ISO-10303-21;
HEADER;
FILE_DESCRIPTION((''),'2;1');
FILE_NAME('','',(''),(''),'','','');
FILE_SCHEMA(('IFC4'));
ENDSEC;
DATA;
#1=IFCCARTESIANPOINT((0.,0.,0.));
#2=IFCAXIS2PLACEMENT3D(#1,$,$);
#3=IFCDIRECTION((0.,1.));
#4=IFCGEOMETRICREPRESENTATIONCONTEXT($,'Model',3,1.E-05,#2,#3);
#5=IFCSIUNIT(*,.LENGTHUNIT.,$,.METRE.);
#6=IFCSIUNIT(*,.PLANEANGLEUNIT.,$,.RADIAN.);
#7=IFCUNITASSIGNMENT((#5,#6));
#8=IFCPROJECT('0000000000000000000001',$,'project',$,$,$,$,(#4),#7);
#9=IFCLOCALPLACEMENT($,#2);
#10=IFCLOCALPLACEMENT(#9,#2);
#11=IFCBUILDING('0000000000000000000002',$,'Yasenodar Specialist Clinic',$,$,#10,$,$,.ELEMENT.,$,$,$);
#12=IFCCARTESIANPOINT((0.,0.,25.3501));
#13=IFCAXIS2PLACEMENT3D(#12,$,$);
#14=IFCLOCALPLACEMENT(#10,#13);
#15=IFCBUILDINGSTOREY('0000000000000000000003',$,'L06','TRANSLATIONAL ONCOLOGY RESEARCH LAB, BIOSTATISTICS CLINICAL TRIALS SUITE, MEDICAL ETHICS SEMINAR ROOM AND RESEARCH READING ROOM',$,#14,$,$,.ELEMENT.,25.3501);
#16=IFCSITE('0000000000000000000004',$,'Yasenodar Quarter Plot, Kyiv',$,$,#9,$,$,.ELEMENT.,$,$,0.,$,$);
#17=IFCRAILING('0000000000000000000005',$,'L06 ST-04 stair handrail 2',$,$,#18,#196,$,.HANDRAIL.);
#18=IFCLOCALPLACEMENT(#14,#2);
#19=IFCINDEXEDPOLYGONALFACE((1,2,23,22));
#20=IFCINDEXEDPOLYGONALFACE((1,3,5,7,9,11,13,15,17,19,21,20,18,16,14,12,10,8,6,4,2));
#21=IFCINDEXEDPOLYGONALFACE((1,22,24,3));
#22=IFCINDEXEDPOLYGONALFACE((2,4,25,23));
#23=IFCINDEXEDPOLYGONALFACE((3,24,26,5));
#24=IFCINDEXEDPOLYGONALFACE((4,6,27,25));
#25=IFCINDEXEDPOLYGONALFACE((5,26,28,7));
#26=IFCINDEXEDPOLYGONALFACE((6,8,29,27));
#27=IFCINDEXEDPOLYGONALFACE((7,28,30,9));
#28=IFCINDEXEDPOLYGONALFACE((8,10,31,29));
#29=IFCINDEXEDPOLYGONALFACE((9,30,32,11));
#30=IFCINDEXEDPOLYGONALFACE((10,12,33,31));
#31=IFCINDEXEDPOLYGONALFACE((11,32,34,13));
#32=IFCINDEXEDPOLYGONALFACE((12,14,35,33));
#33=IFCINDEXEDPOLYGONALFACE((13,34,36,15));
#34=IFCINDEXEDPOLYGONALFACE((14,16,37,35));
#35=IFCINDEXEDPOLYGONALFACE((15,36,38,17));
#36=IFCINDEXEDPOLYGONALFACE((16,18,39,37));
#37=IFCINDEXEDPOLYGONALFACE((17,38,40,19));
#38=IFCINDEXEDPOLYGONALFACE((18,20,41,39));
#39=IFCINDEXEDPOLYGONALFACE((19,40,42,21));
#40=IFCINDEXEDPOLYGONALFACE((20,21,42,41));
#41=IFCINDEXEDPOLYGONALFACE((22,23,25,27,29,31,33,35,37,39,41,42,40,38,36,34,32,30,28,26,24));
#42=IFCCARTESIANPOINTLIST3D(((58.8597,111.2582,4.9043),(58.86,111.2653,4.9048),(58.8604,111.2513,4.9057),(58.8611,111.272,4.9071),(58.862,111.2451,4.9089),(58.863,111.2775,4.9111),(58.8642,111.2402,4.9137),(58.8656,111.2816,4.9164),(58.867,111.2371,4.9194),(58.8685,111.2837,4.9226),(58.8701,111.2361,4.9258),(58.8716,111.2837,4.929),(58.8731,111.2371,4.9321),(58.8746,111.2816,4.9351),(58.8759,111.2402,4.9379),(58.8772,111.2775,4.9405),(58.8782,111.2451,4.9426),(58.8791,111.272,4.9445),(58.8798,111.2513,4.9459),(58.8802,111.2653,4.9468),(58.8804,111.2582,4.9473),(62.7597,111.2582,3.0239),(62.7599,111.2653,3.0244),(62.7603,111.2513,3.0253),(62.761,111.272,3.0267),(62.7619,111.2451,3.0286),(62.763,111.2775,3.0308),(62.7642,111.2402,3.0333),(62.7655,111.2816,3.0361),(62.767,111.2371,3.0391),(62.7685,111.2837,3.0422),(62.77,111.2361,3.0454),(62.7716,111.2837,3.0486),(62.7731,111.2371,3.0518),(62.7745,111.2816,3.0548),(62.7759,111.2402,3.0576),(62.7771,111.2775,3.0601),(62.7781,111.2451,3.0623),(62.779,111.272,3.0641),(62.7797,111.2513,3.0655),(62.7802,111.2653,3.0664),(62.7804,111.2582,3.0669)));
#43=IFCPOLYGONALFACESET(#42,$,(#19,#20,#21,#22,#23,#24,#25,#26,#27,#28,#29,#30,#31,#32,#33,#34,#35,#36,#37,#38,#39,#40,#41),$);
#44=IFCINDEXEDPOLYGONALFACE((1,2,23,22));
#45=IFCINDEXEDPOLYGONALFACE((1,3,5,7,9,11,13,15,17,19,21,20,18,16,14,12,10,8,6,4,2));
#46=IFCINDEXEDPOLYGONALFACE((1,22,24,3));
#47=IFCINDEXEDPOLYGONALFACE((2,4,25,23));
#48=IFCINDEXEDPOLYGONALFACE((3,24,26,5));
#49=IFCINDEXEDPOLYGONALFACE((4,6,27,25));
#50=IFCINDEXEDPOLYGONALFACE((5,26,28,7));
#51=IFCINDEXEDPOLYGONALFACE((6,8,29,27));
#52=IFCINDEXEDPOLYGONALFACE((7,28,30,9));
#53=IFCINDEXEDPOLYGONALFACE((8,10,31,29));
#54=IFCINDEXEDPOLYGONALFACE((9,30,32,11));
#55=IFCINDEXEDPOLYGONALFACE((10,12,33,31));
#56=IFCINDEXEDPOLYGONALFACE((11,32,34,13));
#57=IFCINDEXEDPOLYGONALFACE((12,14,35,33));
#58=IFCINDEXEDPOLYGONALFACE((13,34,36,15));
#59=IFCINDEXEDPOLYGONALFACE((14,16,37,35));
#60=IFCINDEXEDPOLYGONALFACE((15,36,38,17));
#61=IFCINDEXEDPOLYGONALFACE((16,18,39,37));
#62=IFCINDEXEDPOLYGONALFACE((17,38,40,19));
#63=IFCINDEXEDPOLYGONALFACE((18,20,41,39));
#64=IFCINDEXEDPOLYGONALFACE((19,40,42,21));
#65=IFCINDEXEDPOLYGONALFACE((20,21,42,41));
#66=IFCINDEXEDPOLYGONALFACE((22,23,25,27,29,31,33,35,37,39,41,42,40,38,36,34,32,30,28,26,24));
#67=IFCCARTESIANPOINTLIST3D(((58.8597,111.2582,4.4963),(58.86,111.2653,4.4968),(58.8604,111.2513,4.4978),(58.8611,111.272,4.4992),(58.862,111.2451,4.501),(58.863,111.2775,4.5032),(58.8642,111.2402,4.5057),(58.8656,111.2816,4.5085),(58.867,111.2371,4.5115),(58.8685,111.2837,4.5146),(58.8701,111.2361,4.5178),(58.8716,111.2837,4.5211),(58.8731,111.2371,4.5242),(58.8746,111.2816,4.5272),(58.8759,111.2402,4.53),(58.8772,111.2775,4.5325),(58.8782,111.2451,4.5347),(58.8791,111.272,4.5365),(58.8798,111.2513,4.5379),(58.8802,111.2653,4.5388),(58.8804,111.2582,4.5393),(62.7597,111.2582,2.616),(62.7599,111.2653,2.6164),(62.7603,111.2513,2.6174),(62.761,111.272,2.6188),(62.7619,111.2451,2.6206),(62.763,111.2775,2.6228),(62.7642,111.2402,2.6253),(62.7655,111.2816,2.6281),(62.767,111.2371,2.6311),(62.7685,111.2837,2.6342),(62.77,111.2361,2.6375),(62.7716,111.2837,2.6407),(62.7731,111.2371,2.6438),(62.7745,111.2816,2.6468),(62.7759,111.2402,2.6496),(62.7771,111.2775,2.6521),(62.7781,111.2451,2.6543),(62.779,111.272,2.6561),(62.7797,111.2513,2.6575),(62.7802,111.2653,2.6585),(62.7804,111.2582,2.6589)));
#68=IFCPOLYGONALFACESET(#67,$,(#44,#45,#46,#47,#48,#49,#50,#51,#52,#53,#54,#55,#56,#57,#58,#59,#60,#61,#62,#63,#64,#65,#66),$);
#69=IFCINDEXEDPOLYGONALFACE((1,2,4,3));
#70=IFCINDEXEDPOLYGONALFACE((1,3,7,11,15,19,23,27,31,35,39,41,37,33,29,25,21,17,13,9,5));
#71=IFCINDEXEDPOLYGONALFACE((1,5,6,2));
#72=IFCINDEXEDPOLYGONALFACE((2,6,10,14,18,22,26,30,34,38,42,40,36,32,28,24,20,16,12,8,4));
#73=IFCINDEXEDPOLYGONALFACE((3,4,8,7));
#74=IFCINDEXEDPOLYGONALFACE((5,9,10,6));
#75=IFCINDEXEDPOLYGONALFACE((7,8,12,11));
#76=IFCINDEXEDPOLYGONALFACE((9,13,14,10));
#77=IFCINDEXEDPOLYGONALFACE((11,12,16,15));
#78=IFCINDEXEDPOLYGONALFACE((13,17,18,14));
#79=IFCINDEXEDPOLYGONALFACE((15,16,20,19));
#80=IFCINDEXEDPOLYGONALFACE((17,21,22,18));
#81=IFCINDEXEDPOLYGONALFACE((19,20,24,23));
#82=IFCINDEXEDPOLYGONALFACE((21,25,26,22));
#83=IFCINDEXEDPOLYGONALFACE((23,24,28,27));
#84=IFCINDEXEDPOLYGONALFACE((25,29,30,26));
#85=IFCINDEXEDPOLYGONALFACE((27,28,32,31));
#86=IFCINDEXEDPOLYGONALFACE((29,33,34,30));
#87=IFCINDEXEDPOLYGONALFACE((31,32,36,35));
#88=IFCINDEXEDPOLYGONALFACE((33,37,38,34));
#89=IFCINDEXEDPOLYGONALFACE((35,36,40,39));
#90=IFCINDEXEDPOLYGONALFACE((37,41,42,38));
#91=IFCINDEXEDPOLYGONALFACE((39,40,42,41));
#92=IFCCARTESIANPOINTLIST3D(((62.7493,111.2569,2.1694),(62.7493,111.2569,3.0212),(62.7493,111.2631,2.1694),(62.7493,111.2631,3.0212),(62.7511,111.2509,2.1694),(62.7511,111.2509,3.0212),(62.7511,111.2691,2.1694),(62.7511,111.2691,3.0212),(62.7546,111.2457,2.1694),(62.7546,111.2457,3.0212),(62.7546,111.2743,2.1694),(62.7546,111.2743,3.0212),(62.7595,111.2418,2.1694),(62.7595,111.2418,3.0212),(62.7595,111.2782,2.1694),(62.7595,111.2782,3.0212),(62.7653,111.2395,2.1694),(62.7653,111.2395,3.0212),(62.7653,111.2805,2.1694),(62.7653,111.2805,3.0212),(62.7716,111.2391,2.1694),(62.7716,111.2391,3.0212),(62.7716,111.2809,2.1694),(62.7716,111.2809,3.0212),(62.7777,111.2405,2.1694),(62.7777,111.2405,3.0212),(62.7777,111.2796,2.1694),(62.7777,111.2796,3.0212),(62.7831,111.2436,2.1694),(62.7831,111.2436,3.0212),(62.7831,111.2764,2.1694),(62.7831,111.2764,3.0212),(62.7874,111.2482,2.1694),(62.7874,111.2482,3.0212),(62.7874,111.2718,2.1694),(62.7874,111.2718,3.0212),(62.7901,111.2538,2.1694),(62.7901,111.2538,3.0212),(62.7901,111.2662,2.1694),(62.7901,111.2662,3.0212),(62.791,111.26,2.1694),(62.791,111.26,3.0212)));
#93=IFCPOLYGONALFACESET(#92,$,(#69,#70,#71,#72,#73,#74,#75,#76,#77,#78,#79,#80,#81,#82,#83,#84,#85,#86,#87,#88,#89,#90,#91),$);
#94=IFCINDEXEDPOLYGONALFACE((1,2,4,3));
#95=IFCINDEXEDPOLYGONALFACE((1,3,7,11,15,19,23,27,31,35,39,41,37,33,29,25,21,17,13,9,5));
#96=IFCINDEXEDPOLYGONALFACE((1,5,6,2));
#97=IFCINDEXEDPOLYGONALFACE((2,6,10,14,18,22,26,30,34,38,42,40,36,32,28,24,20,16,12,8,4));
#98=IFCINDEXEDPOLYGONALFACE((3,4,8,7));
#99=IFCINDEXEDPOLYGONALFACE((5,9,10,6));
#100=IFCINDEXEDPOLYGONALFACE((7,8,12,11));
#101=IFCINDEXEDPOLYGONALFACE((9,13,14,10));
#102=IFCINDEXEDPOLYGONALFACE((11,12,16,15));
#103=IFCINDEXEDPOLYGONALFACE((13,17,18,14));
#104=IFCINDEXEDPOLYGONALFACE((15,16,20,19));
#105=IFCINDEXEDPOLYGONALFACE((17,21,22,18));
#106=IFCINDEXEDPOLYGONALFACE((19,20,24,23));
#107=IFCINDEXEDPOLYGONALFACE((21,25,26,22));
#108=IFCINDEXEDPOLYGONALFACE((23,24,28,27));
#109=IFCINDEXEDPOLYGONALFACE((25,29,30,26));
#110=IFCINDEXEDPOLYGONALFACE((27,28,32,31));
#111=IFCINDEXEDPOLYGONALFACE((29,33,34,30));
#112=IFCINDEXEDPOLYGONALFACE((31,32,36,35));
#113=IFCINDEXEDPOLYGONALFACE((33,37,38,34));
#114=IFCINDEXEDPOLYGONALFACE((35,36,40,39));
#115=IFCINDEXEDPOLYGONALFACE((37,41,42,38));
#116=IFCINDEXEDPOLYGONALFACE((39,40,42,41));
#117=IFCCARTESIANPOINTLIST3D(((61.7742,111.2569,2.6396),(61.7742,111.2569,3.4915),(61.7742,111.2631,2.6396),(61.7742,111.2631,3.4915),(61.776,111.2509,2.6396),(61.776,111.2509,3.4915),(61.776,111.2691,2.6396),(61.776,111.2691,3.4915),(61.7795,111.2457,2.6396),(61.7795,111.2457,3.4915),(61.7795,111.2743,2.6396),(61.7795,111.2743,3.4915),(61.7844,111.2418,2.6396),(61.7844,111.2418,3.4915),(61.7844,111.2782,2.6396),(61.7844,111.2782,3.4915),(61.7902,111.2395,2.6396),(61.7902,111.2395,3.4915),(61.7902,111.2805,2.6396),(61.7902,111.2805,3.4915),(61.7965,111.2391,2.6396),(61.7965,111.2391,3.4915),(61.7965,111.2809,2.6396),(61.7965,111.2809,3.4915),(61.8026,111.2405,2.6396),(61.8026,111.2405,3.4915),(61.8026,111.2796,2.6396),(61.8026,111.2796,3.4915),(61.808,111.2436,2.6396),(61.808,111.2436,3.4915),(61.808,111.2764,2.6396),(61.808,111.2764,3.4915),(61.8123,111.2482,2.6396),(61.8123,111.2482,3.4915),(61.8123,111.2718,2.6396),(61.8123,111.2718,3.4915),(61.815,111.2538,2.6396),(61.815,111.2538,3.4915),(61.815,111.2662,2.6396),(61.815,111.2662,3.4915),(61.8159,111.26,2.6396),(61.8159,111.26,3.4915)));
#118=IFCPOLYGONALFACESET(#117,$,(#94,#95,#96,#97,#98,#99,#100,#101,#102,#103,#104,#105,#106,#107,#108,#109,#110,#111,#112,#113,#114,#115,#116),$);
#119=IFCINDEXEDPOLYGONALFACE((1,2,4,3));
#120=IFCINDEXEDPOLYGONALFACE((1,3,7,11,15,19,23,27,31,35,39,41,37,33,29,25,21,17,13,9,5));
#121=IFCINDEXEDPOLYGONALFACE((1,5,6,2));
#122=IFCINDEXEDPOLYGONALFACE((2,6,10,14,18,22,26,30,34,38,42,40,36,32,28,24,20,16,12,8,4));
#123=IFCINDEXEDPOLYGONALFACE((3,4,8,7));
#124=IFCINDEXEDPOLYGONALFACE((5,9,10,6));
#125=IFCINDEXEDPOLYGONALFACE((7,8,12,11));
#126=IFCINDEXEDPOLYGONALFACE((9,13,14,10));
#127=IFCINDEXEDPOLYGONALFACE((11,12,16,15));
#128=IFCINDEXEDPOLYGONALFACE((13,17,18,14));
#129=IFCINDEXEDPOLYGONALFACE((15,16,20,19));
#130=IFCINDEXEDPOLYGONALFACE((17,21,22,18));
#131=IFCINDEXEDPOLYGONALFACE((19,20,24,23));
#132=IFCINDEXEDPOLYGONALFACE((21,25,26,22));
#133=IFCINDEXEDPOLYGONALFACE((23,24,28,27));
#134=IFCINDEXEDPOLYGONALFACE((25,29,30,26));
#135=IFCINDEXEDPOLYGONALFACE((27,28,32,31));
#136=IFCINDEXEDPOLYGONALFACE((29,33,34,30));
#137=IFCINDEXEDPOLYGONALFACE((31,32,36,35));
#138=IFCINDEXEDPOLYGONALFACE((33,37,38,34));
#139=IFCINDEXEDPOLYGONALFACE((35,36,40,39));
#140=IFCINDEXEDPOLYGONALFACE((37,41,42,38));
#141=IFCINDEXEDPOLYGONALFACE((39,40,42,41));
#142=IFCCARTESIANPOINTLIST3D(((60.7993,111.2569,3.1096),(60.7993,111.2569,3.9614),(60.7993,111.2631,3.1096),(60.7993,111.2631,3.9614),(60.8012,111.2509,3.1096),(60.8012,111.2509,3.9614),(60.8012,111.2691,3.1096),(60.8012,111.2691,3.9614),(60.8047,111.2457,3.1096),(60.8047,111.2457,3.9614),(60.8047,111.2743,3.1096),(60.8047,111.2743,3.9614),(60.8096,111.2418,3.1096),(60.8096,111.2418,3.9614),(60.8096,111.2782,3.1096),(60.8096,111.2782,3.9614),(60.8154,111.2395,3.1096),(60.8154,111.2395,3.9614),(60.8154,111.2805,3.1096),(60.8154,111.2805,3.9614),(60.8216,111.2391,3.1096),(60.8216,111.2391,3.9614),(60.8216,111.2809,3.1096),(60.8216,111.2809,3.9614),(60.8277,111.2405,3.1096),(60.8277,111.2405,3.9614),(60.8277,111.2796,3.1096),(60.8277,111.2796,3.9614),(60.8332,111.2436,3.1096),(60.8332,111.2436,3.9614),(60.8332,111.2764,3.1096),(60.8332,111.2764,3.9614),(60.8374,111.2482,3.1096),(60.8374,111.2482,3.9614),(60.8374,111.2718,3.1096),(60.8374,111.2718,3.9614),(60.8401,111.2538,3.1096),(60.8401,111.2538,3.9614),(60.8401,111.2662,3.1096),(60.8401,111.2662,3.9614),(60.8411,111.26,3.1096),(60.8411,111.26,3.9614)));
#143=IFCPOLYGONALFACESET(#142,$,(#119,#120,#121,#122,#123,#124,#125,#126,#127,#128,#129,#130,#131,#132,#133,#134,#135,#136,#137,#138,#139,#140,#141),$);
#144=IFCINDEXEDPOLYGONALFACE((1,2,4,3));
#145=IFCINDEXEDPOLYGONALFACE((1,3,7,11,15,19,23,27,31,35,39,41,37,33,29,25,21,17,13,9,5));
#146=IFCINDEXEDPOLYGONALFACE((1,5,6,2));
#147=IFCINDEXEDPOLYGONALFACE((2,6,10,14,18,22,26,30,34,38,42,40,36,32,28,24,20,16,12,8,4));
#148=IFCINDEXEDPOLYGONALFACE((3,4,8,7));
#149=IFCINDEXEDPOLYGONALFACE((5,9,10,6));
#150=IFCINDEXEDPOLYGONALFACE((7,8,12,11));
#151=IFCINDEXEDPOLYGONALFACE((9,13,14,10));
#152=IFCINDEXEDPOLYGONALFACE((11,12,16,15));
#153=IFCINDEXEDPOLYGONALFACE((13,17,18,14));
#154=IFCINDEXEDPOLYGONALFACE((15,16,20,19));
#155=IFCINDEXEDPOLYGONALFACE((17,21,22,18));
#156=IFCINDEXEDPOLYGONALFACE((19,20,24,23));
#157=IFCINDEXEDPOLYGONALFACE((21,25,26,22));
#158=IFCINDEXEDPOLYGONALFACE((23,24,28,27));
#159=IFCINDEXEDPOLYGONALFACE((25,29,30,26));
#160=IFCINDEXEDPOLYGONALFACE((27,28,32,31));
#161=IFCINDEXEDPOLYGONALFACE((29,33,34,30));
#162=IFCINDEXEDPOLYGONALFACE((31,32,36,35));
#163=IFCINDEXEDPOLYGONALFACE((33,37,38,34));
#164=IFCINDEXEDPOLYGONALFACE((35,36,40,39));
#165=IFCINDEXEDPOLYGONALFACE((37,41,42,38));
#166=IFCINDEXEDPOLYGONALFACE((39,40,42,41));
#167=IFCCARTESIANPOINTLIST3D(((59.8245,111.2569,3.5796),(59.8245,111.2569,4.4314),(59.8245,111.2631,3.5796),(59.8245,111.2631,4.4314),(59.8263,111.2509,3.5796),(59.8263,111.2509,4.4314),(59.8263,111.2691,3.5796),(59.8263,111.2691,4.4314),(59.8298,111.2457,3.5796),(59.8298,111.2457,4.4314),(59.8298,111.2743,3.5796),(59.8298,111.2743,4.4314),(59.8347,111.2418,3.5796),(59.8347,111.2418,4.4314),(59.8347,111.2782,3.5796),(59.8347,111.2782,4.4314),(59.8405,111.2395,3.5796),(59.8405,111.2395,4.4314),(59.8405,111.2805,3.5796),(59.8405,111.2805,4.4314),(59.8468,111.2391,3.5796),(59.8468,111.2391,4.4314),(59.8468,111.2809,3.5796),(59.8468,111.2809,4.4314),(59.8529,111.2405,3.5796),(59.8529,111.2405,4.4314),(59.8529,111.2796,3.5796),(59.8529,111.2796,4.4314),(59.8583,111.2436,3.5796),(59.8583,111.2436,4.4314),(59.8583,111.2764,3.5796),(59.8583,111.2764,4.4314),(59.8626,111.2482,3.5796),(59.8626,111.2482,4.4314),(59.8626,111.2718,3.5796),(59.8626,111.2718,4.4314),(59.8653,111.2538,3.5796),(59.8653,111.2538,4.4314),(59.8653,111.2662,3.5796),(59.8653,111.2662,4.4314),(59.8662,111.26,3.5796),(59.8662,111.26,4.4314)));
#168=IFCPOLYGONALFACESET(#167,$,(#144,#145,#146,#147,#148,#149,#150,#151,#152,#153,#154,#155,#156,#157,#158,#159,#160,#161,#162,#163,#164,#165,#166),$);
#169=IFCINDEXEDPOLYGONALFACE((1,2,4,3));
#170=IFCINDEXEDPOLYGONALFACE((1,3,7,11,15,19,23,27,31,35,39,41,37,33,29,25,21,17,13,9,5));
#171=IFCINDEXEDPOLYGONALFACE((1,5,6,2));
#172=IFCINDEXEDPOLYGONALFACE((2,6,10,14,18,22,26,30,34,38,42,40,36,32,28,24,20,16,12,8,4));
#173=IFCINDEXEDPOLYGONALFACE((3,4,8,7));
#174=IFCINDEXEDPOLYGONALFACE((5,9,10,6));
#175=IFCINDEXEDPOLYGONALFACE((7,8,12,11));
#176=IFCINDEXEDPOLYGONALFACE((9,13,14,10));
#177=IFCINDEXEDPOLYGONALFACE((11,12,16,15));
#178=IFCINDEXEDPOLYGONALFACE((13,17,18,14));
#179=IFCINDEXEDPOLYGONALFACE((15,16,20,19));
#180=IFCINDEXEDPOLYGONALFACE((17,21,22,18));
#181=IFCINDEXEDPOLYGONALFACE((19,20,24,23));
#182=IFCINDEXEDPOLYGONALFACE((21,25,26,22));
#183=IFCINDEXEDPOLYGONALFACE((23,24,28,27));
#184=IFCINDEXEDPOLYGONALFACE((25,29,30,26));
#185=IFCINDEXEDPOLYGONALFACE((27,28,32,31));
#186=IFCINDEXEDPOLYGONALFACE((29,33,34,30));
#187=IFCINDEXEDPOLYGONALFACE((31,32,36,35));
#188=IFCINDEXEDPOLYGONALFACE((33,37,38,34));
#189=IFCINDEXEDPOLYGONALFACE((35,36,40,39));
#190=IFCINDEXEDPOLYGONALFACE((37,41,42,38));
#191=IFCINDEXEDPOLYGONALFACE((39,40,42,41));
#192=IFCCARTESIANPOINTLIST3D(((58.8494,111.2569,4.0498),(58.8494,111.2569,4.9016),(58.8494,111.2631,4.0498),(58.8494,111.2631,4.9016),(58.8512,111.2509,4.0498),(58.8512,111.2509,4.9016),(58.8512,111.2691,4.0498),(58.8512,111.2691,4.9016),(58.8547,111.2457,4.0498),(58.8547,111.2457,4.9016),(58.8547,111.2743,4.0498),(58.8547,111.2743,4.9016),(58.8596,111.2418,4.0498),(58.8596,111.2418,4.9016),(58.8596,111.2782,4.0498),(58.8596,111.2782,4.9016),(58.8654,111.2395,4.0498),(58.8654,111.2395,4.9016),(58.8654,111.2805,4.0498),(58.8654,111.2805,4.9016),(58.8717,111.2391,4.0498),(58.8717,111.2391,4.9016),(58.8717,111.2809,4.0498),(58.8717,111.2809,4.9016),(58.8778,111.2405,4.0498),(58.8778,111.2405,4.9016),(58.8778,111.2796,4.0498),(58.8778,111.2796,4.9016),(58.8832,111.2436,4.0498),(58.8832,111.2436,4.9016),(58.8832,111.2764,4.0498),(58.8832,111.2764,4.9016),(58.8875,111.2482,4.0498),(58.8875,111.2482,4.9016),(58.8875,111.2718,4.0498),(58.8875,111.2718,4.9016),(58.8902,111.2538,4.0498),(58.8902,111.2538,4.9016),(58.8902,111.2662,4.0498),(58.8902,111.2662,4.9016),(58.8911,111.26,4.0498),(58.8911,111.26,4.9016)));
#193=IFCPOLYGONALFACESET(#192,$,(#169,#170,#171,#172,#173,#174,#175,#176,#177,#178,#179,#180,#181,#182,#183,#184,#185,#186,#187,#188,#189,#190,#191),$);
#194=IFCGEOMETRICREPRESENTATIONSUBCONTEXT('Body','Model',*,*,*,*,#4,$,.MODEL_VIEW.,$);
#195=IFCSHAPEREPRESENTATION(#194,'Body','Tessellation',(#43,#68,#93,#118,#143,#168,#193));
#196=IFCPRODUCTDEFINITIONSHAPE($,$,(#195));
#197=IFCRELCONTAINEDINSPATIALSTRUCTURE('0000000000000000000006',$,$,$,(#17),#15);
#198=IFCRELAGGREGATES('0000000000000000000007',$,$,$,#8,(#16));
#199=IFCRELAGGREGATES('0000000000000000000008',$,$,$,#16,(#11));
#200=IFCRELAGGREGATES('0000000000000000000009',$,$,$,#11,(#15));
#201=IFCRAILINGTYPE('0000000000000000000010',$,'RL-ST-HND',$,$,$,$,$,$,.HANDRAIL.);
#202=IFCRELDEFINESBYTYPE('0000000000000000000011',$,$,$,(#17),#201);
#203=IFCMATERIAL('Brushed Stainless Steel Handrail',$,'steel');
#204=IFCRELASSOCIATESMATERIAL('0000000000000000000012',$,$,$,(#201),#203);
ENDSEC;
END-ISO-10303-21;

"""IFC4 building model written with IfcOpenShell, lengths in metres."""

from ifc_helpers import new_model, si_unit, direction, frame, origin, origin_2d, place, context, subcontext, project, spatial, circle, extrude, material, type_object, element, save


model = new_model("IFC4")

# Units and contexts
model_context = context("Model", 3, precision=1e-05, world=origin(), true_north=direction((0.0, 1.0)))
body_context = subcontext(model_context, "Body", "Model", "MODEL_VIEW")
ifc_project = project(units=[si_unit("LENGTHUNIT", "METRE"), si_unit("PLANEANGLEUNIT", "RADIAN")], contexts=[model_context])

# Site, building, storey
site_placement = place(None, origin())
site = spatial("IfcSite", under=ifc_project, at=site_placement, Name="Yasenodar Quarter Plot, Kyiv", CompositionType="ELEMENT", RefElevation=0.0)
building_placement = place(site_placement, origin())
building = spatial("IfcBuilding", under=site, at=building_placement, Name="Yasenodar Specialist Clinic", CompositionType="ELEMENT")
storey_placement = place(building_placement, frame((0.0, 0.0, 25.3501)))
storey = spatial("IfcBuildingStorey", under=building, at=storey_placement, Name="L06", Description="TRANSLATIONAL ONCOLOGY RESEARCH LAB, BIOSTATISTICS CLINICAL TRIALS SUITE, MEDICAL ETHICS SEMINAR ROOM AND RESEARCH READING ROOM", CompositionType="ELEMENT", Elevation=25.3501)

# Railing
ifc_material_1 = material(Name="Brushed Stainless Steel Handrail", Category="steel")
railing_type_1 = type_object("IfcRailingType", Name="RL-ST-HND", PredefinedType="HANDRAIL", material=ifc_material_1)
railing_1_placement = place(storey_placement, frame((62.77, 111.26, 2.1694)))
element("IfcRailing", 1, at=railing_1_placement, inside=storey, type_object=railing_type_1, Name="L06 ST-04 stair handrail 2", PredefinedType="HANDRAIL", context=body_context, shape_type="SweptSolid", body=[
    extrude(circle(Radius=0.0239, at=origin_2d()), frame((0.0, 0.0, 0.876), z_axis=(-0.900763, 0.0, 0.434311), x_axis=(0.0, -1.0, 0.0)), (0.0, 0.0, 1.0), 4.3296),
    extrude(circle(Radius=0.0239, at=origin_2d()), frame((0.0, 0.0, 0.468), z_axis=(-0.900763, 0.0, 0.434311), x_axis=(0.0, -1.0, 0.0)), (0.0, 0.0, 1.0), 4.3296),
    extrude(circle(Radius=0.021, at=origin_2d()), origin(), (0.0, 0.0, 1.0), 0.8518),
    extrude(circle(Radius=0.021, at=origin_2d()), frame((-0.9751, 0.0, 0.4702)), (0.0, 0.0, 1.0), 0.8518),
    extrude(circle(Radius=0.021, at=origin_2d()), frame((-1.95, 0.0, 0.9402)), (0.0, 0.0, 1.0), 0.8518),
    extrude(circle(Radius=0.021, at=origin_2d()), frame((-2.9248, 0.0, 1.4102)), (0.0, 0.0, 1.0), 0.8518),
    extrude(circle(Radius=0.021, at=origin_2d()), frame((-3.8999, 0.0, 1.8804)), (0.0, 0.0, 1.0), 0.8518),
])

save(model, "model.ifc")
